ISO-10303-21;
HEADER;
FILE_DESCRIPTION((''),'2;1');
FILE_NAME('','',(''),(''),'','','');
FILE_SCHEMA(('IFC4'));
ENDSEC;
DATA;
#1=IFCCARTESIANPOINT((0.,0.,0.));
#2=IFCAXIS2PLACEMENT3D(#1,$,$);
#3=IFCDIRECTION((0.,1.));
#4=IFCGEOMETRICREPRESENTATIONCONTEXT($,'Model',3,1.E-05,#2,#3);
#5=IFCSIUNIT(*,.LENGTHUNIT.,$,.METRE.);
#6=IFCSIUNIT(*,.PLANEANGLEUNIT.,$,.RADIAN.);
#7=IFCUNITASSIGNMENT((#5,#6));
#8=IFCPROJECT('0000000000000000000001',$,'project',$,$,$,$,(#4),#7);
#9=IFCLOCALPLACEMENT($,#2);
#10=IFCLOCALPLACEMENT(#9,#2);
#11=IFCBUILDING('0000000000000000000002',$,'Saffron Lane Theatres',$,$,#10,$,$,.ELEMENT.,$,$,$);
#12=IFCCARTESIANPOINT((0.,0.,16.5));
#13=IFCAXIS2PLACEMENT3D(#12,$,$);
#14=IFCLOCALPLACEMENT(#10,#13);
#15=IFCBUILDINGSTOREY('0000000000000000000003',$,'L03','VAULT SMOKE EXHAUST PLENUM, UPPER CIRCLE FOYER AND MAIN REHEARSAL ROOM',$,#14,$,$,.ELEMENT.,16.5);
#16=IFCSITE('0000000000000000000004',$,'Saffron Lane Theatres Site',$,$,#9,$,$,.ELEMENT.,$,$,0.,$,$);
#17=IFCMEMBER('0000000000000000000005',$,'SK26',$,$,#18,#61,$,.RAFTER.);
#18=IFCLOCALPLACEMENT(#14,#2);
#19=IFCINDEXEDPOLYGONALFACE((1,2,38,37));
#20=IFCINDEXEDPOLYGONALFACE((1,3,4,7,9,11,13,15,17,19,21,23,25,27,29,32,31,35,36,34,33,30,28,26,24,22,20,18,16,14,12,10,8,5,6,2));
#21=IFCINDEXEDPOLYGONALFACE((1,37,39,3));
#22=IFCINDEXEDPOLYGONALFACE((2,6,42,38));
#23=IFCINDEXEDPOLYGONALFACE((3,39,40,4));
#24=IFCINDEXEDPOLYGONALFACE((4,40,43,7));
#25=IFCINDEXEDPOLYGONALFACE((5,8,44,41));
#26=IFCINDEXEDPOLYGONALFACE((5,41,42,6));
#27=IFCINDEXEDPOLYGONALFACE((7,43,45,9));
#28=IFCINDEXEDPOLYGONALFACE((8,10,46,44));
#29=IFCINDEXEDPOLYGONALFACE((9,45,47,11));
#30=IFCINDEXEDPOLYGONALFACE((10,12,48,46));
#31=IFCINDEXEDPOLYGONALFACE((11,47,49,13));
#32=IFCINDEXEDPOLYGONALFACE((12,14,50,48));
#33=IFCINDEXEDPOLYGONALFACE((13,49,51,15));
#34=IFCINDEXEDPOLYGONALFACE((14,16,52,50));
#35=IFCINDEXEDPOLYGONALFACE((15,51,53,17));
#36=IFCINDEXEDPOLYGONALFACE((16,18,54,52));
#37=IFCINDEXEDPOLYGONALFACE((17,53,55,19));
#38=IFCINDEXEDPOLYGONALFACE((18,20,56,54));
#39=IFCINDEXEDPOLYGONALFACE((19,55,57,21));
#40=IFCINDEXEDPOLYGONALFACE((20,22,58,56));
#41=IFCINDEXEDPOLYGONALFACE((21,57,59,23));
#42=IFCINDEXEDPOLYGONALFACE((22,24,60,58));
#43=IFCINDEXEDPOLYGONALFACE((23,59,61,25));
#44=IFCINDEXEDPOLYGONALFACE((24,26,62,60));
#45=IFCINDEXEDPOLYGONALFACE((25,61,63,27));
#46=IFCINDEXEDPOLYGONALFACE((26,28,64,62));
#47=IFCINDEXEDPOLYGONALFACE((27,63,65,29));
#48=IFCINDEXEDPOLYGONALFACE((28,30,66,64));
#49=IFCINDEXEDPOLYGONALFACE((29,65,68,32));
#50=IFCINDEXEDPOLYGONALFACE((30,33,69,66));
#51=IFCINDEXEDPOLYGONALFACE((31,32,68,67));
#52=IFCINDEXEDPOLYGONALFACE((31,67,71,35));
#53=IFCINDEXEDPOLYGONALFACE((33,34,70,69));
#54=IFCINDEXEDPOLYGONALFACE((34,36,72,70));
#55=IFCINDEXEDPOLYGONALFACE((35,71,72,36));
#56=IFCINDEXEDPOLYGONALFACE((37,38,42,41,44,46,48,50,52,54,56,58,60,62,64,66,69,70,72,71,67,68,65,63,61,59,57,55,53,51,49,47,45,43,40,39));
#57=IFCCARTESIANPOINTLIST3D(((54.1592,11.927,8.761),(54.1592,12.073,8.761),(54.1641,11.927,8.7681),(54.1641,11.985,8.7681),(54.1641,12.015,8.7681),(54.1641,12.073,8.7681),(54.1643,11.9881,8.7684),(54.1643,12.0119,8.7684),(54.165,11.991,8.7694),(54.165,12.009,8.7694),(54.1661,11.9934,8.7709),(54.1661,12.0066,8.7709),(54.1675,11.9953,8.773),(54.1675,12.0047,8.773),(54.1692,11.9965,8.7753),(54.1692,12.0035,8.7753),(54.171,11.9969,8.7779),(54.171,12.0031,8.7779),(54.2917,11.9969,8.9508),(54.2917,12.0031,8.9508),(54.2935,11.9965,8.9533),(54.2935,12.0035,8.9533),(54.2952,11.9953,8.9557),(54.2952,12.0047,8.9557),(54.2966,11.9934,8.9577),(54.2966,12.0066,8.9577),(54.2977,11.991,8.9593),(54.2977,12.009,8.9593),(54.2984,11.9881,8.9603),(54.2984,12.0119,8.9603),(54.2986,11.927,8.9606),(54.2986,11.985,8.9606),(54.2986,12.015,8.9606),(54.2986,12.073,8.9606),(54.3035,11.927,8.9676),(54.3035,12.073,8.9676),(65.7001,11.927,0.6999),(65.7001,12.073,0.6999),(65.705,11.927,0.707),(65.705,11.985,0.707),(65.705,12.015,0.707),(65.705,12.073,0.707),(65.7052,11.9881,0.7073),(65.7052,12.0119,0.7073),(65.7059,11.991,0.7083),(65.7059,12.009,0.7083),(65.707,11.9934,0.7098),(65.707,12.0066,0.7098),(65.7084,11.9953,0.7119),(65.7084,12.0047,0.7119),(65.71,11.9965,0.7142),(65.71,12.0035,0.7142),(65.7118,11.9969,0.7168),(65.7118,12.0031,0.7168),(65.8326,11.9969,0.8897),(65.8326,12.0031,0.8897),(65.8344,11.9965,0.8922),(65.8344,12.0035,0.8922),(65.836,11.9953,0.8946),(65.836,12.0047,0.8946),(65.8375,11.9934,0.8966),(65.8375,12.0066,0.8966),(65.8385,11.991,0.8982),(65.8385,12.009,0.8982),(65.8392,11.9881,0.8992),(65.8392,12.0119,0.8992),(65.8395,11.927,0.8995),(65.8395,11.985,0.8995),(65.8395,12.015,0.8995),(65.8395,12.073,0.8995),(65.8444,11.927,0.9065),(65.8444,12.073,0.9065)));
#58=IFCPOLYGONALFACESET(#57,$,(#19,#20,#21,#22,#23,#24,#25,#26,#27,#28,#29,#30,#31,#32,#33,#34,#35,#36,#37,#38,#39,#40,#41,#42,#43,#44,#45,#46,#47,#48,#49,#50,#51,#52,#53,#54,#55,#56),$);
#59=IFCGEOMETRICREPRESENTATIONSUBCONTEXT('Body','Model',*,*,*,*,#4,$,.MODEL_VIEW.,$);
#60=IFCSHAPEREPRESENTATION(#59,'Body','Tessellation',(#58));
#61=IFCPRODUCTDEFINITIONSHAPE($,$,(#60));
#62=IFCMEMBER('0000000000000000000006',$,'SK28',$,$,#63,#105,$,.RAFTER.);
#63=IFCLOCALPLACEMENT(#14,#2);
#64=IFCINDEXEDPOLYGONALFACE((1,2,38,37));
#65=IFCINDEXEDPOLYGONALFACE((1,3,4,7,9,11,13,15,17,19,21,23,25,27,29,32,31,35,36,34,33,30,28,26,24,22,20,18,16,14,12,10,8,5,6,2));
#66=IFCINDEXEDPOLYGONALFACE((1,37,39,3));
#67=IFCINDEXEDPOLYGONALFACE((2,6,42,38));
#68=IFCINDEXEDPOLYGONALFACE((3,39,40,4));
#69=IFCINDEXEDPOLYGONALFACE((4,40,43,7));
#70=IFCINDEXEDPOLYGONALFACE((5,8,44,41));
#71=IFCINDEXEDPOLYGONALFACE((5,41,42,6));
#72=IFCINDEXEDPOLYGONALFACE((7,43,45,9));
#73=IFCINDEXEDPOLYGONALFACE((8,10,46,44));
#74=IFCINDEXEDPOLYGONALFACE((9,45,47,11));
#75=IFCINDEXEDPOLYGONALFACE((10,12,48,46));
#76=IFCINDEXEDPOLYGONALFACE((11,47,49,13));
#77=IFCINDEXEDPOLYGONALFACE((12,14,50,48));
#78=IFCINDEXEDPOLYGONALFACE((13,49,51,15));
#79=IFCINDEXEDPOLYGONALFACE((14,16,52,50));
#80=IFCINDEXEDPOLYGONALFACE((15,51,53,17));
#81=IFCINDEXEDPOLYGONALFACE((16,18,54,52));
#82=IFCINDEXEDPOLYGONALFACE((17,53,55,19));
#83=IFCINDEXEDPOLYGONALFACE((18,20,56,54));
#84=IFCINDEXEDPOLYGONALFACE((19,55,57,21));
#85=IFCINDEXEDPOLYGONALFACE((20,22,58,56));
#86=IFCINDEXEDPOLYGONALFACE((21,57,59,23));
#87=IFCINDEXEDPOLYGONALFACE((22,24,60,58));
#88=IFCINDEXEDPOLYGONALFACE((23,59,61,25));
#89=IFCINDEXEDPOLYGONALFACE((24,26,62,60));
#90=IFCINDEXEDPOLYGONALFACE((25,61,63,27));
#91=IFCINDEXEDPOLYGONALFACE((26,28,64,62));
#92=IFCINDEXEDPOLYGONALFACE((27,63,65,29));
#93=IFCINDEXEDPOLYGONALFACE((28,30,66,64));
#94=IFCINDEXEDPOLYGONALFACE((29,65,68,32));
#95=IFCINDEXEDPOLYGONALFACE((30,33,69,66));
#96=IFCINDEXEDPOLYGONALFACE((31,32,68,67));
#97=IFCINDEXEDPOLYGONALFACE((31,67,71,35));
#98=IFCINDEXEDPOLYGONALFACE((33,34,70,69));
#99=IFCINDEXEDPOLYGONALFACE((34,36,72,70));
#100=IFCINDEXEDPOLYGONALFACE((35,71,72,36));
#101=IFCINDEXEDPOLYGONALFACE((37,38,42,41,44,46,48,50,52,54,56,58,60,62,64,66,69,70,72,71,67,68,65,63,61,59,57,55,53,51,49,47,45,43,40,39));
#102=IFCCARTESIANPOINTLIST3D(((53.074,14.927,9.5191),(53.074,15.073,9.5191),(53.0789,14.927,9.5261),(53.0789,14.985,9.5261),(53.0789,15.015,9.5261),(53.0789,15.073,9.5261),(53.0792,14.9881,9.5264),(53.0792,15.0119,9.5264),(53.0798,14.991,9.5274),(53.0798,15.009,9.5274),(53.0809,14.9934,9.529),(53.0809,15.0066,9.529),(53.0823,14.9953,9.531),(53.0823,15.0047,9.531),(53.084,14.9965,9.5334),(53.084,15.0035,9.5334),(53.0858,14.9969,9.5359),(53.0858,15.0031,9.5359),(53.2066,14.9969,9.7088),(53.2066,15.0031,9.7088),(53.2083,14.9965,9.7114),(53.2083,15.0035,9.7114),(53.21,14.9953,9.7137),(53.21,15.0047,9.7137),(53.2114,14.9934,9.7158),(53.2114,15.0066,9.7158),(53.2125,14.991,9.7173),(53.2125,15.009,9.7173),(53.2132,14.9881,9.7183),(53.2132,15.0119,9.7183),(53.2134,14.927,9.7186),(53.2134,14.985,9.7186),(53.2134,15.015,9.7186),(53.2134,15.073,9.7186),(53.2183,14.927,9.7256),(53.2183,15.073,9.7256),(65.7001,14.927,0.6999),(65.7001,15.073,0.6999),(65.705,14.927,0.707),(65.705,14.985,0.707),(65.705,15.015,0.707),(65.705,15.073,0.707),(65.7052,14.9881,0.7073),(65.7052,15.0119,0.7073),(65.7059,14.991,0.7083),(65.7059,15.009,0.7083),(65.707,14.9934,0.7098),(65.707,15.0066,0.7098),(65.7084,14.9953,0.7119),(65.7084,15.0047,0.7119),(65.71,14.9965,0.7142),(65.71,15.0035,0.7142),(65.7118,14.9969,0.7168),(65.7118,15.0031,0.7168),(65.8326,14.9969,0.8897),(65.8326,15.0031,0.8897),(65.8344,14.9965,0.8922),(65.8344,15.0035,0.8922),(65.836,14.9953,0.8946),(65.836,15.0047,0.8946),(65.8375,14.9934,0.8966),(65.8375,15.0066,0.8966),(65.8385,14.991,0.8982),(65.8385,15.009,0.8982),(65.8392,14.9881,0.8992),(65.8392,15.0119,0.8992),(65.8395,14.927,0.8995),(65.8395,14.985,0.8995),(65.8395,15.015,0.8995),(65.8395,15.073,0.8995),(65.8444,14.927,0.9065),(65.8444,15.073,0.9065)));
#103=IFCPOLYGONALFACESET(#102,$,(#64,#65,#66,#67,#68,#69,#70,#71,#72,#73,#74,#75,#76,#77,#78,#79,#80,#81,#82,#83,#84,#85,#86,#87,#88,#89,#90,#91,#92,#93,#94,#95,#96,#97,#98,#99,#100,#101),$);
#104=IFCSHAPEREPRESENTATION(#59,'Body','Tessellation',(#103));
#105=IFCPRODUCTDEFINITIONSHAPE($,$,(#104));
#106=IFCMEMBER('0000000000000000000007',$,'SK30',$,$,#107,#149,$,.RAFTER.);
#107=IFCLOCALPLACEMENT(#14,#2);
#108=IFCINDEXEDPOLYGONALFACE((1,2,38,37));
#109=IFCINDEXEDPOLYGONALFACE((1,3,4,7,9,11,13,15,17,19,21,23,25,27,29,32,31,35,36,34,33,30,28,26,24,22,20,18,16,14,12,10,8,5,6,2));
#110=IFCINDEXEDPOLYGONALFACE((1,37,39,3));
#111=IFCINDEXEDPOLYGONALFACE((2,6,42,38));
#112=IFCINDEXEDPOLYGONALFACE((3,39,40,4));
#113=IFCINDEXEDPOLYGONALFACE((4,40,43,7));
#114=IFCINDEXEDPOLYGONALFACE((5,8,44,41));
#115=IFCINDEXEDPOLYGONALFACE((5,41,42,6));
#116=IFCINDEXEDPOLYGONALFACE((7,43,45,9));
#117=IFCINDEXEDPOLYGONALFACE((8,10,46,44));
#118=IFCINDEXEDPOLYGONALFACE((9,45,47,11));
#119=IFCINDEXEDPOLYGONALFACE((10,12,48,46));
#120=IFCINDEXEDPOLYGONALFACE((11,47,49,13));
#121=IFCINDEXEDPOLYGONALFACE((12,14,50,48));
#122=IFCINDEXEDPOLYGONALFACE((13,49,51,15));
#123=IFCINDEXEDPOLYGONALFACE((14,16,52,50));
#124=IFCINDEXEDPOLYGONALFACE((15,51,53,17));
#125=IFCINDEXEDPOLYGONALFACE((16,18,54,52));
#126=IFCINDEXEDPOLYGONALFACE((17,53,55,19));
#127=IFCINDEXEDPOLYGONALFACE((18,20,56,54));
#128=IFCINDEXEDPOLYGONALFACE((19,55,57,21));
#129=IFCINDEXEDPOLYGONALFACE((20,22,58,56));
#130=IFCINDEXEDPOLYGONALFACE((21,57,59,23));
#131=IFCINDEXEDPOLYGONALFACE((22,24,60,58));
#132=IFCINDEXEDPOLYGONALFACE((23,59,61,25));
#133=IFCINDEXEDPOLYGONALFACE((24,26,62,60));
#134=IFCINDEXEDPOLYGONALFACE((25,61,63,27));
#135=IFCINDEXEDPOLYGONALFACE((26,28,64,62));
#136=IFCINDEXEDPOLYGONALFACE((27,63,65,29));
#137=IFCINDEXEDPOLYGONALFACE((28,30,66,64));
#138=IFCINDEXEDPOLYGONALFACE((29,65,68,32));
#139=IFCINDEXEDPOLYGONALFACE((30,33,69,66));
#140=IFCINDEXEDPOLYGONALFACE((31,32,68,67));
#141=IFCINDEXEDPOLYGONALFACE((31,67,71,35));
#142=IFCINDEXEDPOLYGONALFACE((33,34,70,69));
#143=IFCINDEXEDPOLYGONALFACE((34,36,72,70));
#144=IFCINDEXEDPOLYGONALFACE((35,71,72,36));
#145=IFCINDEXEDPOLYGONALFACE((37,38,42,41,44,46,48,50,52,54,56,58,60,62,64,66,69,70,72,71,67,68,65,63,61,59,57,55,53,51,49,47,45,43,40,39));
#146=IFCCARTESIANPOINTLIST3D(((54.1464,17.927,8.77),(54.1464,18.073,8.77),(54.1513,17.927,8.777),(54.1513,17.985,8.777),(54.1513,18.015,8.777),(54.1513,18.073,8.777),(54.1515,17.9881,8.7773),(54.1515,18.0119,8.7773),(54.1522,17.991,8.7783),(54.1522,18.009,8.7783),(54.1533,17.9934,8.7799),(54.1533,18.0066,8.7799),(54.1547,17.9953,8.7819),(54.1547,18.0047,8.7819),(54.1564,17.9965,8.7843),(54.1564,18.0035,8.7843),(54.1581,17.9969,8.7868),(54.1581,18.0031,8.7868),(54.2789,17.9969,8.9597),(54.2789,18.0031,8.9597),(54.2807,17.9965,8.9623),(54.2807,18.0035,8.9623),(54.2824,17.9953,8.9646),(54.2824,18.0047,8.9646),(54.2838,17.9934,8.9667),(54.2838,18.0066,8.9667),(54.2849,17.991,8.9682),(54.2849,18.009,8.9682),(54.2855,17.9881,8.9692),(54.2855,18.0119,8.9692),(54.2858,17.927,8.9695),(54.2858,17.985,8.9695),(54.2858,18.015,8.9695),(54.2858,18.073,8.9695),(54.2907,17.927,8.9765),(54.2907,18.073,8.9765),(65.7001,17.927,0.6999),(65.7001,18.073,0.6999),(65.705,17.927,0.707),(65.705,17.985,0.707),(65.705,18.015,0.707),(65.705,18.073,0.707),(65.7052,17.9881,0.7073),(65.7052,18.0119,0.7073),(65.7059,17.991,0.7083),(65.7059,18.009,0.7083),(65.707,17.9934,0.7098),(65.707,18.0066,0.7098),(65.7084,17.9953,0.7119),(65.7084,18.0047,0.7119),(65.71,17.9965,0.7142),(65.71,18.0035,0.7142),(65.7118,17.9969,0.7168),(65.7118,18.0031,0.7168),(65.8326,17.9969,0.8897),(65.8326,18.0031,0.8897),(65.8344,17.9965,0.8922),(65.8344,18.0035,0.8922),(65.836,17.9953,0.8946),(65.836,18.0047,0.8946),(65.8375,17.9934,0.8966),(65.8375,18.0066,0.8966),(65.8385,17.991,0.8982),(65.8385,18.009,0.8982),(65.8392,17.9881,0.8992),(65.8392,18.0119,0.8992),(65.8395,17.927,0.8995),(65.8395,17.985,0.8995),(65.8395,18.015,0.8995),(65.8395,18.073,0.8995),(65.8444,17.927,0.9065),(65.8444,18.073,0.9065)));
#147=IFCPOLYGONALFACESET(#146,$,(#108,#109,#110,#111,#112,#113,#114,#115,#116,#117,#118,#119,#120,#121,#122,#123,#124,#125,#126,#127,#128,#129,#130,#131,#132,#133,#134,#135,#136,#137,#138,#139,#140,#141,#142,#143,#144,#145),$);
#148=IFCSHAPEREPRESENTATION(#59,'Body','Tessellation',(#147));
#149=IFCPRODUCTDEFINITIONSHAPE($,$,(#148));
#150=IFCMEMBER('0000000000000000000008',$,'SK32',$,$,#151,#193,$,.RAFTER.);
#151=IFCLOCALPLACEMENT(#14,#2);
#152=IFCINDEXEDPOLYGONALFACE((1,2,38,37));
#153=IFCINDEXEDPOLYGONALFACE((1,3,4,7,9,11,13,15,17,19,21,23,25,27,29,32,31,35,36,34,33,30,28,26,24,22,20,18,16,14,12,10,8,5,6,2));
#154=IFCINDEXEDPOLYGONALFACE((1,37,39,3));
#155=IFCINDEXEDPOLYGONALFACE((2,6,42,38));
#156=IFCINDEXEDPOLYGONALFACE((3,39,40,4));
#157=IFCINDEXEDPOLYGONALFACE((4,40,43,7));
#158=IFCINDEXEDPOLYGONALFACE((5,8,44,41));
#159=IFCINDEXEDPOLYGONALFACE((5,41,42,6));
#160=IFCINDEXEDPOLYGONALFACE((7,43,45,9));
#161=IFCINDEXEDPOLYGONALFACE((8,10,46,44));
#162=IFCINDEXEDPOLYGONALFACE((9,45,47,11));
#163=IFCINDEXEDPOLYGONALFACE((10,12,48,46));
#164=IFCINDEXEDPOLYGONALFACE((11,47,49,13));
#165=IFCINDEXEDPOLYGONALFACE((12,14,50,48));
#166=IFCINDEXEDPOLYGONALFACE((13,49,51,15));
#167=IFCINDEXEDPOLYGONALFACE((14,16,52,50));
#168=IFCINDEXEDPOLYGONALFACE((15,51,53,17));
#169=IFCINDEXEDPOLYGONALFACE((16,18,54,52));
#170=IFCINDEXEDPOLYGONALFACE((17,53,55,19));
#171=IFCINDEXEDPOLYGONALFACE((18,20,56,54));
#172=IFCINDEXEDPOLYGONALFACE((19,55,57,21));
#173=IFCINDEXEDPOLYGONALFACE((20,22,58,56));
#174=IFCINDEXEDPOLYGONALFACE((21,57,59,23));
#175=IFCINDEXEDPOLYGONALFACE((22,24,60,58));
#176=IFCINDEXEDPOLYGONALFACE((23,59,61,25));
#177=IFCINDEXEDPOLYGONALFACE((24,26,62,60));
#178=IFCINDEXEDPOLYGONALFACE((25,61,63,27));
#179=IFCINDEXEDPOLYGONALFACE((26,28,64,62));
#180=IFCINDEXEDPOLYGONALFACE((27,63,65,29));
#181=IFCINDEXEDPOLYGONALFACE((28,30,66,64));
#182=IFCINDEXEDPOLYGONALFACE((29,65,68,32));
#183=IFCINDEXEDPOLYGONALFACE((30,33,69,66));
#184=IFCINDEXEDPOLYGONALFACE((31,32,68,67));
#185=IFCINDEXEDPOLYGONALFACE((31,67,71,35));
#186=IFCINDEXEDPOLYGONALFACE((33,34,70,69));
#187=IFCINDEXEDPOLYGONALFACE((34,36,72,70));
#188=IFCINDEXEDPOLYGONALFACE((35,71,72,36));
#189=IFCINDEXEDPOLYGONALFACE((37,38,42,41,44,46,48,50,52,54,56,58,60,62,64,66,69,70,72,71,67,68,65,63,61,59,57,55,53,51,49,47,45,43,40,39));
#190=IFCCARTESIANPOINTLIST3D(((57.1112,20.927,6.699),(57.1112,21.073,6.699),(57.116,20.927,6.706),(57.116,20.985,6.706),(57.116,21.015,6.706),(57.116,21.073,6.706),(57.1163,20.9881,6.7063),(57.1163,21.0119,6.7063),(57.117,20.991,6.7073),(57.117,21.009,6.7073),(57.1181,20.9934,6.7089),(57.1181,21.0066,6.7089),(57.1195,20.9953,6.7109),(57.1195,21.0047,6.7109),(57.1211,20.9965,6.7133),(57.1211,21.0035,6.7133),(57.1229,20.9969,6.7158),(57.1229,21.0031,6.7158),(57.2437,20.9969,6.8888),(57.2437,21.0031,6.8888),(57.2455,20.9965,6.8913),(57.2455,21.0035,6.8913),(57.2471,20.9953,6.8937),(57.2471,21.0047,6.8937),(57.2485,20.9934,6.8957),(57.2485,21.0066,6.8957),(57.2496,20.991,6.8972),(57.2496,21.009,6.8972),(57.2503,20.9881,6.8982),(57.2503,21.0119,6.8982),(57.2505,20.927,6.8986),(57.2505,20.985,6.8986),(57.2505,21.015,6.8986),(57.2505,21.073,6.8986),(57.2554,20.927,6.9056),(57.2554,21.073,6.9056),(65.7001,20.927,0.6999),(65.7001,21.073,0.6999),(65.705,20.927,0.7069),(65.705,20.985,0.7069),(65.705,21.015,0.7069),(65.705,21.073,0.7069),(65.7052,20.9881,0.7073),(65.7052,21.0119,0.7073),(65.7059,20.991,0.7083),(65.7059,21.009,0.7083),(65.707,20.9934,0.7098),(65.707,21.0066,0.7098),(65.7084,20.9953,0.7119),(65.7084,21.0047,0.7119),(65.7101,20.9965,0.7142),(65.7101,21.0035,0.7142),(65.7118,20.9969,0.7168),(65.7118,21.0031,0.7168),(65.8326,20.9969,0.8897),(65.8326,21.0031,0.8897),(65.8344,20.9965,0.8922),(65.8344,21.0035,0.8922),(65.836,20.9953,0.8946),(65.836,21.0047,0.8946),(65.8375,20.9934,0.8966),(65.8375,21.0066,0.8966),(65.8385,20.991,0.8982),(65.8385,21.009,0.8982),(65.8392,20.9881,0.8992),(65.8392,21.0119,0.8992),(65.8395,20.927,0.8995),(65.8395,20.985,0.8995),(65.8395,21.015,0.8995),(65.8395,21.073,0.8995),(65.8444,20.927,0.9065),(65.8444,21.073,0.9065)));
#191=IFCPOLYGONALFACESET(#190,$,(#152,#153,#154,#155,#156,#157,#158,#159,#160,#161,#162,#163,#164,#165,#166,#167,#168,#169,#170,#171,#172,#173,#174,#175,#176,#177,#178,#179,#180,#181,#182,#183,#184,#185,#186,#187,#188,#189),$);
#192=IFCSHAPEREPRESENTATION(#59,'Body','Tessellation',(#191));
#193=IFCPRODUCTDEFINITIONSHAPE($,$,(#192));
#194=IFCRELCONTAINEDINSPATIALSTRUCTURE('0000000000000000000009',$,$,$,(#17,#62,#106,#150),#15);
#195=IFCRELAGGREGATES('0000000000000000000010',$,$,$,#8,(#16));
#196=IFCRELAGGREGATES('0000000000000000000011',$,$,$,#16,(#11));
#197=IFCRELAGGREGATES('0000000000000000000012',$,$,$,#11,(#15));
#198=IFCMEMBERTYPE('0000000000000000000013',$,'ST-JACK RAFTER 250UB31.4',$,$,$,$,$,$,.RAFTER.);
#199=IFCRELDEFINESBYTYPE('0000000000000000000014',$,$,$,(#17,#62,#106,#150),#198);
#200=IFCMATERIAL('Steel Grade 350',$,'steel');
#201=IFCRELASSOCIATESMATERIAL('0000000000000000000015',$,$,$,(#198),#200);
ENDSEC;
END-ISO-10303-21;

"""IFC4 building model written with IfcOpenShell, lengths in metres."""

from ifc_helpers import new_model, si_unit, direction, frame, origin, origin_2d, place, context, subcontext, project, spatial, i_section, extrude, material, material_profile, profile_set, type_object, element, save


model = new_model("IFC4")

# Units and contexts
model_context = context("Model", 3, precision=1e-05, world=origin(), true_north=direction((0.0, 1.0)))
body_context = subcontext(model_context, "Body", "Model", "MODEL_VIEW")
ifc_project = project(units=[si_unit("LENGTHUNIT", "METRE"), si_unit("PLANEANGLEUNIT", "RADIAN")], contexts=[model_context])

# Site, building, storey
site_placement = place(None, origin())
site = spatial("IfcSite", under=ifc_project, at=site_placement, Name="Saffron Lane Theatres Site", CompositionType="ELEMENT", RefElevation=0.0)
building_placement = place(site_placement, origin())
building = spatial("IfcBuilding", under=site, at=building_placement, Name="Saffron Lane Theatres", CompositionType="ELEMENT")
storey_placement = place(building_placement, frame((0.0, 0.0, 16.5)))
storey = spatial("IfcBuildingStorey", under=building, at=storey_placement, Name="L03", Description="VAULT SMOKE EXHAUST PLENUM, UPPER CIRCLE FOYER AND MAIN REHEARSAL ROOM", CompositionType="ELEMENT", Elevation=16.5)

# Members
ifc_material_1 = material(Name="Steel Grade 350", Category="steel")
ifc_material_profile_1 = material_profile(ifc_material_1, i_section(OverallWidth=0.146, OverallDepth=0.252, WebThickness=0.0061, FlangeThickness=0.0085, FilletRadius=0.012, at=origin_2d()))
ifc_profile_set_1 = profile_set([ifc_material_profile_1], Name="Steel Grade 350")
member_type_1 = type_object("IfcMemberType", Name="ST-JACK RAFTER 250UB31.4", PredefinedType="RAFTER", material=ifc_profile_set_1)
member_1_placement = place(storey_placement, frame((65.7722, 12.0, 0.8032), z_axis=(-0.819816, 0.0, 0.572627), x_axis=(0.0, -1.0, 0.0)))
element("IfcMember", 1, at=member_1_placement, inside=storey, type_object=member_type_1, Name="SK26", PredefinedType="RAFTER", context=body_context, shape_type="SweptSolid", body=[
    extrude(i_section(OverallWidth=0.146, OverallDepth=0.252, WebThickness=0.0061, FlangeThickness=0.0085, FilletRadius=0.012, at=origin_2d()), origin(), (0.0, 0.0, 1.0), 14.0774),
])
member_2_placement = place(storey_placement, frame((65.7722, 15.0, 0.8032), z_axis=(-0.819814, 0.0, 0.57263), x_axis=(0.0, -1.0, 0.0)))
element("IfcMember", 2, at=member_2_placement, inside=storey, type_object=member_type_1, Name="SK28", PredefinedType="RAFTER", context=body_context, shape_type="SweptSolid", body=[
    extrude(i_section(OverallWidth=0.146, OverallDepth=0.252, WebThickness=0.0061, FlangeThickness=0.0085, FilletRadius=0.012, at=origin_2d()), origin(), (0.0, 0.0, 1.0), 15.4011),
])
member_3_placement = place(storey_placement, frame((65.7722, 18.0, 0.8032), z_axis=(-0.819816, 0.0, 0.572627), x_axis=(0.0, -1.0, 0.0)))
element("IfcMember", 3, at=member_3_placement, inside=storey, type_object=member_type_1, Name="SK30", PredefinedType="RAFTER", context=body_context, shape_type="SweptSolid", body=[
    extrude(i_section(OverallWidth=0.146, OverallDepth=0.252, WebThickness=0.0061, FlangeThickness=0.0085, FilletRadius=0.012, at=origin_2d()), origin(), (0.0, 0.0, 1.0), 14.093),
])
member_4_placement = place(storey_placement, frame((65.7722, 21.0, 0.8032), z_axis=(-0.819823, 0.0, 0.572617), x_axis=(0.0, -1.0, 0.0)))
element("IfcMember", 4, at=member_4_placement, inside=storey, type_object=member_type_1, Name="SK32", PredefinedType="RAFTER", context=body_context, shape_type="SweptSolid", body=[
    extrude(i_section(OverallWidth=0.146, OverallDepth=0.252, WebThickness=0.0061, FlangeThickness=0.0085, FilletRadius=0.012, at=origin_2d()), origin(), (0.0, 0.0, 1.0), 10.4766),
])

save(model, "model.ifc")
